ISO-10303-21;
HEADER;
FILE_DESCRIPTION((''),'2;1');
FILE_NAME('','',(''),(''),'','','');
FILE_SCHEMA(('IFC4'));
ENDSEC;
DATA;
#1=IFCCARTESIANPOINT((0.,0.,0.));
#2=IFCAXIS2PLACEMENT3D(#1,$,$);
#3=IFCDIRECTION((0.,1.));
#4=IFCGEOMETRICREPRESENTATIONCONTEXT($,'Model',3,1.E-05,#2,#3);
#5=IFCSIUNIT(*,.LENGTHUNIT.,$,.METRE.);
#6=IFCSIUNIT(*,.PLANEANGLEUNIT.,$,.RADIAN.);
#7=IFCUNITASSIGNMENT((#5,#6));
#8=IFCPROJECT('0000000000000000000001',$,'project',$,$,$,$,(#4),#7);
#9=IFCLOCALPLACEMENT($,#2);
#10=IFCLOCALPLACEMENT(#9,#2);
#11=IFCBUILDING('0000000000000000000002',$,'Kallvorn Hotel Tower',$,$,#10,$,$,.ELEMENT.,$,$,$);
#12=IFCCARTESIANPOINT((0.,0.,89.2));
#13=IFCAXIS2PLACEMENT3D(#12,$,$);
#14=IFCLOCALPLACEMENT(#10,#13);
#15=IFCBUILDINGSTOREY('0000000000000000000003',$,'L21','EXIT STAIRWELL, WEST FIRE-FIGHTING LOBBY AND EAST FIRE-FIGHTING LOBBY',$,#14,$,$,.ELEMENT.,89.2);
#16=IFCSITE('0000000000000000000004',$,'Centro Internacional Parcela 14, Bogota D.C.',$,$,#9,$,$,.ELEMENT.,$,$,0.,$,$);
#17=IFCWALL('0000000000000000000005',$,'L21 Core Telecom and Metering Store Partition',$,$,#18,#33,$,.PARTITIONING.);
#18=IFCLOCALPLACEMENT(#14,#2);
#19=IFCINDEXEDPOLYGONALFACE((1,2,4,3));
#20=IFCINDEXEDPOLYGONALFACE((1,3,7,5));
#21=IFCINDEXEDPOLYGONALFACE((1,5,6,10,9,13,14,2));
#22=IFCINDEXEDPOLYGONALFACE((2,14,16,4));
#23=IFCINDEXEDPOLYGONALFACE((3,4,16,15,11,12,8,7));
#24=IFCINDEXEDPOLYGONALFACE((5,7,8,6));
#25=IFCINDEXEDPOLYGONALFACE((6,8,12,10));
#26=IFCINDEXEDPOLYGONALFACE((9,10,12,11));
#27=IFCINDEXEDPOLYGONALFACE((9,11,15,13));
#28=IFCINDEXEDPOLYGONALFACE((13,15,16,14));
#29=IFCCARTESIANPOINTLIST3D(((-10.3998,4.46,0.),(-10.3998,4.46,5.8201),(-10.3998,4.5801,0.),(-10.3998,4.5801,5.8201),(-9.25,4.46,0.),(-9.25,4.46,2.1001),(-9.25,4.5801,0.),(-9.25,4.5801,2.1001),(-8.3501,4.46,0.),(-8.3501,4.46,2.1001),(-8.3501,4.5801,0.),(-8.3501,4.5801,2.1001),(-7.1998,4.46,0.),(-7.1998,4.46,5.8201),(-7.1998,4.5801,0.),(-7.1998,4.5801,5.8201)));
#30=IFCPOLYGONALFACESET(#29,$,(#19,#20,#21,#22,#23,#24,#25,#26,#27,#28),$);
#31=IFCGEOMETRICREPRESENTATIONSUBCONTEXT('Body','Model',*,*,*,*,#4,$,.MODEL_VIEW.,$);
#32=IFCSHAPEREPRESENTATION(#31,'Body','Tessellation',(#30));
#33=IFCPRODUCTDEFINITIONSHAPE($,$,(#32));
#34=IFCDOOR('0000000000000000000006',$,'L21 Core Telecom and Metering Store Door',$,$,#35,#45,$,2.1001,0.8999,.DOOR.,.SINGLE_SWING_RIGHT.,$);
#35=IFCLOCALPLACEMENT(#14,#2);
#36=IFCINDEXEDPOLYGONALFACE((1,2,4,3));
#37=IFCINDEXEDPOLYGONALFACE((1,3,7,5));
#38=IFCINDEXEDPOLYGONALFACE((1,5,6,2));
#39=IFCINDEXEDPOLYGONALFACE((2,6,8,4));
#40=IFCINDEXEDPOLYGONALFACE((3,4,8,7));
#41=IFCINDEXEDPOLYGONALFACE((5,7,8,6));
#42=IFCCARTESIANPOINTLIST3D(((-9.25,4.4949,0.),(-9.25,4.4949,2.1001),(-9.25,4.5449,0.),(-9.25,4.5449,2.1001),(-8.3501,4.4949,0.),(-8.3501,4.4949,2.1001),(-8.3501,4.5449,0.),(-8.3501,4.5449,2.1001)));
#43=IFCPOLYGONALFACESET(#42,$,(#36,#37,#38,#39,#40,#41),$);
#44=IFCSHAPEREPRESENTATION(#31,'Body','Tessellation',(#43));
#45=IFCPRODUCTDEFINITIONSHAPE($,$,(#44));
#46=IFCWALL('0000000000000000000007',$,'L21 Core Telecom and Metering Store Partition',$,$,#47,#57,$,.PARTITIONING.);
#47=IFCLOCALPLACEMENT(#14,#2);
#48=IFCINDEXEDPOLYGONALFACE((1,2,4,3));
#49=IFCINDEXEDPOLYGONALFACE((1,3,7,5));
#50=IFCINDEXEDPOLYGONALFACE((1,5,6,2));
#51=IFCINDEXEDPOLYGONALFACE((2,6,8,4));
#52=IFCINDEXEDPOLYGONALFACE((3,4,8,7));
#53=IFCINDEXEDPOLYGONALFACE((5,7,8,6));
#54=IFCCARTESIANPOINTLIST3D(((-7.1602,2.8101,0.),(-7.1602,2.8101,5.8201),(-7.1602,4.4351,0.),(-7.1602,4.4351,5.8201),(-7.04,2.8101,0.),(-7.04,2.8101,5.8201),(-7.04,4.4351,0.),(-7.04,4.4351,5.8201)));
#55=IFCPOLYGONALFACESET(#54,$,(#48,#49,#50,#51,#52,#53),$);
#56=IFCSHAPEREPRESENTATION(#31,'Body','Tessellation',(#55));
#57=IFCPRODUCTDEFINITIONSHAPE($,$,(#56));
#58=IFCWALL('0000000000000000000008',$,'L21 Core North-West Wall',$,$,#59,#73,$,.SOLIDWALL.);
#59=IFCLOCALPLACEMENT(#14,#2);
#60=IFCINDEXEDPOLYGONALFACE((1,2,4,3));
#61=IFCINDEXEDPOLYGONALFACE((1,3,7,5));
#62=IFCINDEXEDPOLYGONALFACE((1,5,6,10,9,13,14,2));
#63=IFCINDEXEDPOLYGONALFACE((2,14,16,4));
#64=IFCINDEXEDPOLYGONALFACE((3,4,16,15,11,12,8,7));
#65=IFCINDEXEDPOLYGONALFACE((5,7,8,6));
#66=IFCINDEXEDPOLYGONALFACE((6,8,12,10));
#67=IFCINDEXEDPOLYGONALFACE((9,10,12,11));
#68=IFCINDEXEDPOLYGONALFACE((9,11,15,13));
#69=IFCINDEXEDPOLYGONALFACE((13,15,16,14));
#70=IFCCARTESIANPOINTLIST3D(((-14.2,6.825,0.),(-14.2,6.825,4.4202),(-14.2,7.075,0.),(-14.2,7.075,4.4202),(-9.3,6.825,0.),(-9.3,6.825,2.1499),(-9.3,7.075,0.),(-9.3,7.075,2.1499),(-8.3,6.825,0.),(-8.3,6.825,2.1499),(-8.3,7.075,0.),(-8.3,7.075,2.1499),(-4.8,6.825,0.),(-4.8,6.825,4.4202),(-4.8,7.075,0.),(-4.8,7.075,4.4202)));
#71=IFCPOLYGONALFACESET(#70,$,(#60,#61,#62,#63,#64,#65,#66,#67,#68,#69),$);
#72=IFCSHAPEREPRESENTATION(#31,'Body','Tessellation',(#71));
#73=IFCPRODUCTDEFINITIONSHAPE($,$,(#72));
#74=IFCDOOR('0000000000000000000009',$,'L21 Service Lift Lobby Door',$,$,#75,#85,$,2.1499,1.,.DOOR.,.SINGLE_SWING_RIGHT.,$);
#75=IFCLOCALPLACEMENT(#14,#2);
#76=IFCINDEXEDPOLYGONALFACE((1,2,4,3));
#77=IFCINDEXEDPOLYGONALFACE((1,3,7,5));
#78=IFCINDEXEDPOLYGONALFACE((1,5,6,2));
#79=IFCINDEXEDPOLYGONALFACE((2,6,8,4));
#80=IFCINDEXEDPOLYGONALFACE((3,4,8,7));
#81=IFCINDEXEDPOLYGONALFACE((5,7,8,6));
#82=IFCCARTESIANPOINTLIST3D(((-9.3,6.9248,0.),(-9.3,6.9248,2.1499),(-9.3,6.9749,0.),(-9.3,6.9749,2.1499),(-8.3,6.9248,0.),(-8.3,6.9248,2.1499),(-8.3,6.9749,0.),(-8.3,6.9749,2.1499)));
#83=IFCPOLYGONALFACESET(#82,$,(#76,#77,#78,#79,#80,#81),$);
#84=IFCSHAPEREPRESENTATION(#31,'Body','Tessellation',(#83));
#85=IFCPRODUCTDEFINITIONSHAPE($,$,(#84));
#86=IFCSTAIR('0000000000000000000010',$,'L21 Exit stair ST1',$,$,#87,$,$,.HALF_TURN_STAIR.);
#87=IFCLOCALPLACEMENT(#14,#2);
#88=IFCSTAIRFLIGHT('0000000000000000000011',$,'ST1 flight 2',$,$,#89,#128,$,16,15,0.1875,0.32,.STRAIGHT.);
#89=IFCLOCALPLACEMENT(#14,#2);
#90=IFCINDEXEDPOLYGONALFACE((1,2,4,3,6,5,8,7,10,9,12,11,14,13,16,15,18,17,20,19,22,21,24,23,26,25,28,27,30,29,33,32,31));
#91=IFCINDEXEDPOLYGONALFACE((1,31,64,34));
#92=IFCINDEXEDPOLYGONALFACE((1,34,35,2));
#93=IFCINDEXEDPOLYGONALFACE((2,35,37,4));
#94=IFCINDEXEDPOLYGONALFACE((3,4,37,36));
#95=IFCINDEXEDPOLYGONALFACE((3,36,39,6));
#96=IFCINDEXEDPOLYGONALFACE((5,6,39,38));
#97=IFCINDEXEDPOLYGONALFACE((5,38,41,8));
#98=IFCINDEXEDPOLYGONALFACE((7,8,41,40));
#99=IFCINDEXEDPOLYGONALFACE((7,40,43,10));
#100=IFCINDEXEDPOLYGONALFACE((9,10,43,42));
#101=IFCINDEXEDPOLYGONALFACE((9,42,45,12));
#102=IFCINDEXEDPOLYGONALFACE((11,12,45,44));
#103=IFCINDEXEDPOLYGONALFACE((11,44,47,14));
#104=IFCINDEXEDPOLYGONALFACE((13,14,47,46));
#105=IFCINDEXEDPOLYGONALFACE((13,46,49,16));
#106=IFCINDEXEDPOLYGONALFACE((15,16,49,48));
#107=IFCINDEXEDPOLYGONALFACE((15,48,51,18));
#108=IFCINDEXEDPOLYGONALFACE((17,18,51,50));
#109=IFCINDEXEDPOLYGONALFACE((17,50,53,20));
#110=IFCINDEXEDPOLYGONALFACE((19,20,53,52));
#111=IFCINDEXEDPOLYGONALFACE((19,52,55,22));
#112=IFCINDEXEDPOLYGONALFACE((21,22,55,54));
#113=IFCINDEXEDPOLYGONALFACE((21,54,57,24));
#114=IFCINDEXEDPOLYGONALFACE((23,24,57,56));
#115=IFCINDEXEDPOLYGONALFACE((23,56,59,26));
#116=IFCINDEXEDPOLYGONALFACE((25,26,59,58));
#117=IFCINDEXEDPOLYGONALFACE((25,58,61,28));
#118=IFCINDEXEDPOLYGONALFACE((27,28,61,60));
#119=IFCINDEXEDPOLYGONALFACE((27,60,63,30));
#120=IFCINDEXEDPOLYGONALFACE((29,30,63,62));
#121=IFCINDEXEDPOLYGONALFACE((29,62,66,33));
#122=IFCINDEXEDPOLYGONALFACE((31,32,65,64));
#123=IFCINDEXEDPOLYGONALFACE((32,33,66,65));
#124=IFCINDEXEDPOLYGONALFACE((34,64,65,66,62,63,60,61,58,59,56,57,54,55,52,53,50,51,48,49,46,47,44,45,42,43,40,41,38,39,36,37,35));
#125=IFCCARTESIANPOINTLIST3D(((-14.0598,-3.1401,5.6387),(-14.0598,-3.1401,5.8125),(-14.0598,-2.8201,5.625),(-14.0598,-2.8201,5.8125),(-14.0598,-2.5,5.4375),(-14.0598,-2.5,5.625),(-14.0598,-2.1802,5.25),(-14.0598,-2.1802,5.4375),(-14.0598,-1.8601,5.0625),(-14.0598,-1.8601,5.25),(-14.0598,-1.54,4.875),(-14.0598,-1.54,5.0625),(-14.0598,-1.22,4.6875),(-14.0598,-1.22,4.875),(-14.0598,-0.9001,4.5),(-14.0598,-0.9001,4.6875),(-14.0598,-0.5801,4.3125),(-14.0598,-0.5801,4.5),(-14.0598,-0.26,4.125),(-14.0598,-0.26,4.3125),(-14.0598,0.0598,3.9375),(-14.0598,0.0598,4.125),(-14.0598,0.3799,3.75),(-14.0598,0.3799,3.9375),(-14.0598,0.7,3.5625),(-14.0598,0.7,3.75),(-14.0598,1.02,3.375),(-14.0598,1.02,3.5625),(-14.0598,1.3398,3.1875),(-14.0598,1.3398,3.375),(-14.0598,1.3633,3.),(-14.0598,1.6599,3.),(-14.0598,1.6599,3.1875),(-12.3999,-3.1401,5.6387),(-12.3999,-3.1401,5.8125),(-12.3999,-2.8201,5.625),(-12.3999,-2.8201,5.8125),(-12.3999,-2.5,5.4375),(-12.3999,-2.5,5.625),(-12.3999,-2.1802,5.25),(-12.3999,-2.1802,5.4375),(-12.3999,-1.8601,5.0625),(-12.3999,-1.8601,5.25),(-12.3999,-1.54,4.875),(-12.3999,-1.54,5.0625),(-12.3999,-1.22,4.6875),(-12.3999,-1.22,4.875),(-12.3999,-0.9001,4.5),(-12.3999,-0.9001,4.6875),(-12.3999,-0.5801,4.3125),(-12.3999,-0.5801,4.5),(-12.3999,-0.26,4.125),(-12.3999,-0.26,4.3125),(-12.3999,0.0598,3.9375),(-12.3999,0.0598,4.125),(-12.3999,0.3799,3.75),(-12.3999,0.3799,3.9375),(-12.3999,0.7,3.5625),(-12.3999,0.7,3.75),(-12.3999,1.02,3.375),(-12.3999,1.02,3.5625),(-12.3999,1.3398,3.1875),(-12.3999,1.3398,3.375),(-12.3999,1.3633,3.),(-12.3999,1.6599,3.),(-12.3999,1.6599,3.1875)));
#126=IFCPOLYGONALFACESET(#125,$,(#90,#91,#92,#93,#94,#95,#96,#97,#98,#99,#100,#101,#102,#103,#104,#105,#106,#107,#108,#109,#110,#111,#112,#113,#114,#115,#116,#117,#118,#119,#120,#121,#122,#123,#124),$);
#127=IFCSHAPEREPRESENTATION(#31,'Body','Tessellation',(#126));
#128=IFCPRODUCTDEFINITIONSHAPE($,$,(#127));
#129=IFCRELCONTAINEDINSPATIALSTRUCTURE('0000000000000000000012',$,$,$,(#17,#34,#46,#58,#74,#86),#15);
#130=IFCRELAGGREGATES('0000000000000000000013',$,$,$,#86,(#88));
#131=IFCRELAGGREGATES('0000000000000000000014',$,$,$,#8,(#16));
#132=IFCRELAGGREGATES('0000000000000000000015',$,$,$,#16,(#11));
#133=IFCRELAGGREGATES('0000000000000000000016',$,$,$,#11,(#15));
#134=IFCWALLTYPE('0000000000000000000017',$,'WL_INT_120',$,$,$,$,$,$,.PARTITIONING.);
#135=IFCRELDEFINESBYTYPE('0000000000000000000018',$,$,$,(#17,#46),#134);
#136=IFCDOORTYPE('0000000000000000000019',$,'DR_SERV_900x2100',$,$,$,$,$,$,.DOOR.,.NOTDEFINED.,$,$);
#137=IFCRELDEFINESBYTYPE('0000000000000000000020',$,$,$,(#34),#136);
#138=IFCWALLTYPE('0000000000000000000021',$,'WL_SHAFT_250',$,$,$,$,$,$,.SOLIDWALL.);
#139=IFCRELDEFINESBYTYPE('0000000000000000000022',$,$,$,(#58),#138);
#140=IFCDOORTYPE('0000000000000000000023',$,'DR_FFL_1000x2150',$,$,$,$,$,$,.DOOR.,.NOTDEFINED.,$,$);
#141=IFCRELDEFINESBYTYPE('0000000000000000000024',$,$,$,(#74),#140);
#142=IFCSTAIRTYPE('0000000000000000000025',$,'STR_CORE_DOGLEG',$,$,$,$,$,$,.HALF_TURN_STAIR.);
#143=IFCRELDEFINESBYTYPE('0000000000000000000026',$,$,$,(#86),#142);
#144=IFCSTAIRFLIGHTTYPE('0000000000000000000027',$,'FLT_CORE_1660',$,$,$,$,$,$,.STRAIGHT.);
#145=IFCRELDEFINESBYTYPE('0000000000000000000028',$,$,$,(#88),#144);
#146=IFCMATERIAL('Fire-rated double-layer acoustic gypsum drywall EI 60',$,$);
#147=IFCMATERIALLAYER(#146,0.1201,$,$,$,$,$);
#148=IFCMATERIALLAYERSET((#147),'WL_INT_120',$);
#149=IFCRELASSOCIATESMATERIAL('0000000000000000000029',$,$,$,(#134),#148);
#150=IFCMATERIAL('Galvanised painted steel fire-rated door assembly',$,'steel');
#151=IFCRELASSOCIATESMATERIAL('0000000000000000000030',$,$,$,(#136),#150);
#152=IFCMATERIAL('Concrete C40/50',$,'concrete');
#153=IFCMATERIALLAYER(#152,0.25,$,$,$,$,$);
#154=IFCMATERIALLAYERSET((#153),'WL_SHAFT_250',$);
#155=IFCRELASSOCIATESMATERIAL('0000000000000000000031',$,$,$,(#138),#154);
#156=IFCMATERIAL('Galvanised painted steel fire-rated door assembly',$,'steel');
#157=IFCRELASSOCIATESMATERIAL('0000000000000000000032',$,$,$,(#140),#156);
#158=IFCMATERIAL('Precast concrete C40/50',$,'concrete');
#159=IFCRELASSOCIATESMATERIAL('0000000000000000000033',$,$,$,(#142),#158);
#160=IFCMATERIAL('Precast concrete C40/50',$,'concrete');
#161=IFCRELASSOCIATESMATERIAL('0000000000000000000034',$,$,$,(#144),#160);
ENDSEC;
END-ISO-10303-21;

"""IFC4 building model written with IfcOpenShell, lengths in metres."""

from ifc_helpers import new_model, si_unit, direction, frame, frame_2d, origin, place, context, subcontext, project, spatial, polyline, rectangle, outline, extrude, material, layer, layer_set, type_object, element, fill, aggregate, save


model = new_model("IFC4")

# Units and contexts
model_context = context("Model", 3, precision=1e-05, world=origin(), true_north=direction((0.0, 1.0)))
body_context = subcontext(model_context, "Body", "Model", "MODEL_VIEW")
ifc_project = project(units=[si_unit("LENGTHUNIT", "METRE"), si_unit("PLANEANGLEUNIT", "RADIAN")], contexts=[model_context])

# Site, building, storey
site_placement = place(None, origin())
site = spatial("IfcSite", under=ifc_project, at=site_placement, Name="Centro Internacional Parcela 14, Bogota D.C.", CompositionType="ELEMENT", RefElevation=0.0)
building_placement = place(site_placement, origin())
building = spatial("IfcBuilding", under=site, at=building_placement, Name="Kallvorn Hotel Tower", CompositionType="ELEMENT")
storey_placement = place(building_placement, frame((0.0, 0.0, 89.2)))
storey = spatial("IfcBuildingStorey", under=building, at=storey_placement, Name="L21", Description="EXIT STAIRWELL, WEST FIRE-FIGHTING LOBBY AND EAST FIRE-FIGHTING LOBBY", CompositionType="ELEMENT", Elevation=89.2)

# Shared definitions
ifc_material_1 = material(Name="Fire-rated double-layer acoustic gypsum drywall EI 60")
ifc_layer_1 = layer(ifc_material_1, 0.1201)
ifc_layer_set_1 = layer_set([ifc_layer_1], Name="WL_INT_120")
wall_type_1 = type_object("IfcWallType", Name="WL_INT_120", PredefinedType="PARTITIONING", material=ifc_layer_set_1)

# Wall, opening, door
wall_1_placement = place(storey_placement, frame((-10.3999, 4.52, 0.0), z_axis=(0.0, 0.0, 1.0), x_axis=(1.0, 0.0, 0.0)))
wall_1 = element("IfcWall", 1, at=wall_1_placement, inside=storey, type_object=wall_type_1, Name="L21 Core Telecom and Metering Store Partition", PredefinedType="PARTITIONING", context=body_context, shape_type="SweptSolid", body=[
    extrude(rectangle(XDim=3.2, YDim=0.1201, at=frame_2d((1.6001, 0.0))), origin(), (0.0, 0.0, 1.0), 5.8201),
])
opening_1_placement = place(wall_1_placement, frame((1.1499, 0.0, 0.0)))
opening_1 = element("IfcOpeningElement", 2, at=opening_1_placement, cuts=wall_1, PredefinedType="OPENING", context=body_context, shape_type="SweptSolid", body=[
    extrude(rectangle(XDim=0.8999, YDim=2.1001, at=frame_2d((0.45, 1.05))), frame((0.0, 0.075, 0.0), z_axis=(0.0, -1.0, 0.0), x_axis=(1.0, 0.0, 0.0)), (0.0, 0.0, 1.0), 0.1501),
])
ifc_material_2 = material(Name="Galvanised painted steel fire-rated door assembly", Category="steel")
door_type_1 = type_object("IfcDoorType", Name="DR_SERV_900x2100", OperationType="NOTDEFINED", PredefinedType="DOOR", material=ifc_material_2)
door_1_placement = place(opening_1_placement, origin())
door_1 = element("IfcDoor", 3, at=door_1_placement, inside=storey, type_object=door_type_1, Name="L21 Core Telecom and Metering Store Door", OperationType="SINGLE_SWING_RIGHT", OverallHeight=2.1001, OverallWidth=0.8999, PredefinedType="DOOR", context=body_context, shape_type="SweptSolid", body=[
    extrude(rectangle(XDim=0.8999, YDim=2.1001, at=frame_2d((0.45, 1.05))), frame((0.0, 0.0249, 0.0), z_axis=(0.0, -1.0, 0.0), x_axis=(1.0, 0.0, 0.0)), (0.0, 0.0, 1.0), 0.05),
])
fill(opening_1, door_1)

# Wall
wall_2_placement = place(storey_placement, frame((-7.1001, 2.8101, 0.0), z_axis=(0.0, 0.0, 1.0), x_axis=(0.0, 1.0, 0.0)))
element("IfcWall", 4, at=wall_2_placement, inside=storey, type_object=wall_type_1, Name="L21 Core Telecom and Metering Store Partition", PredefinedType="PARTITIONING", context=body_context, shape_type="SweptSolid", body=[
    extrude(rectangle(XDim=1.625, YDim=0.1201, at=frame_2d((0.8125, 0.0))), origin(), (0.0, 0.0, 1.0), 5.8201),
])

# Wall, opening, door
ifc_material_3 = material(Name="Concrete C40/50", Category="concrete")
ifc_layer_2 = layer(ifc_material_3, 0.25)
ifc_layer_set_2 = layer_set([ifc_layer_2], Name="WL_SHAFT_250")
wall_type_2 = type_object("IfcWallType", Name="WL_SHAFT_250", PredefinedType="SOLIDWALL", material=ifc_layer_set_2)
wall_3_placement = place(storey_placement, frame((-14.2, 6.95, 0.0), z_axis=(0.0, 0.0, 1.0), x_axis=(1.0, 0.0, 0.0)))
wall_3 = element("IfcWall", 5, at=wall_3_placement, inside=storey, type_object=wall_type_2, Name="L21 Core North-West Wall", PredefinedType="SOLIDWALL", context=body_context, shape_type="SweptSolid", body=[
    extrude(rectangle(XDim=9.3999, YDim=0.25, at=frame_2d((4.7, 0.0))), origin(), (0.0, 0.0, 1.0), 4.4202),
])
opening_2_placement = place(wall_3_placement, frame((4.8999, 0.0, 0.0)))
opening_2 = element("IfcOpeningElement", 6, at=opening_2_placement, cuts=wall_3, PredefinedType="OPENING", context=body_context, shape_type="SweptSolid", body=[
    extrude(rectangle(XDim=1.0, YDim=2.1499, at=frame_2d((0.5, 1.075))), frame((0.0, 0.1399, 0.0), z_axis=(0.0, -1.0, 0.0), x_axis=(1.0, 0.0, 0.0)), (0.0, 0.0, 1.0), 0.28),
])
ifc_material_4 = material(Name="Galvanised painted steel fire-rated door assembly", Category="steel")
door_type_2 = type_object("IfcDoorType", Name="DR_FFL_1000x2150", OperationType="NOTDEFINED", PredefinedType="DOOR", material=ifc_material_4)
door_2_placement = place(opening_2_placement, origin())
door_2 = element("IfcDoor", 7, at=door_2_placement, inside=storey, type_object=door_type_2, Name="L21 Service Lift Lobby Door", OperationType="SINGLE_SWING_RIGHT", OverallHeight=2.1499, OverallWidth=1.0, PredefinedType="DOOR", context=body_context, shape_type="SweptSolid", body=[
    extrude(rectangle(XDim=1.0, YDim=2.1499, at=frame_2d((0.5, 1.075))), frame((0.0, 0.0249, 0.0), z_axis=(0.0, -1.0, 0.0), x_axis=(1.0, 0.0, 0.0)), (0.0, 0.0, 1.0), 0.05),
])
fill(opening_2, door_2)

# Stair, stair flight
ifc_material_5 = material(Name="Precast concrete C40/50", Category="concrete")
stair_type = type_object("IfcStairType", Name="STR_CORE_DOGLEG", PredefinedType="HALF_TURN_STAIR", material=ifc_material_5)
stair_placement = place(storey_placement, origin())
stair = element("IfcStair", 8, at=stair_placement, inside=storey, type_object=stair_type, Name="L21 Exit stair ST1", PredefinedType="HALF_TURN_STAIR")
ifc_material_6 = material(Name="Precast concrete C40/50", Category="concrete")
stair_flight_type = type_object("IfcStairFlightType", Name="FLT_CORE_1660", PredefinedType="STRAIGHT", material=ifc_material_6)
stair_flight_placement = place(storey_placement, frame((-13.23, 1.6599, 3.0), z_axis=(0.0, 0.0, 1.0), x_axis=(0.0, -1.0, 0.0)))
stair_flight = element("IfcStairFlight", 9, at=stair_flight_placement, type_object=stair_flight_type, Name="ST1 flight 2", NumberOfRisers=16, NumberOfTreads=15, PredefinedType="STRAIGHT", RiserHeight=0.1875, TreadLength=0.32, context=body_context, shape_type="SweptSolid", body=[
    extrude(outline(polyline([(0.0, 0.0), (0.0, 0.1875), (0.3201, 0.1875), (0.3201, 0.375), (0.6399, 0.375), (0.6399, 0.5625), (0.96, 0.5625), (0.96, 0.75), (1.28, 0.75), (1.28, 0.9375), (1.6001, 0.9375), (1.6001, 1.125), (1.9199, 1.125), (1.9199, 1.3125), (2.24, 1.3125), (2.24, 1.5), (2.5601, 1.5), (2.5601, 1.6875), (2.8799, 1.6875), (2.8799, 1.875), (3.2, 1.875), (3.2, 2.0625), (3.52, 2.0625), (3.52, 2.25), (3.8401, 2.25), (3.8401, 2.4375), (4.1599, 2.4375), (4.1599, 2.625), (4.48, 2.625), (4.48, 2.8125), (4.8, 2.8125), (4.8, 3.0), (4.8, 2.6387), (0.2966, 0.0), (0.0, 0.0)])), frame((0.0, 0.8301, 0.0), z_axis=(0.0, -1.0, 0.0), x_axis=(1.0, 0.0, 0.0)), (0.0, 0.0, 1.0), 1.6599),
])
aggregate(stair, [stair_flight])

save(model, "model.ifc")
